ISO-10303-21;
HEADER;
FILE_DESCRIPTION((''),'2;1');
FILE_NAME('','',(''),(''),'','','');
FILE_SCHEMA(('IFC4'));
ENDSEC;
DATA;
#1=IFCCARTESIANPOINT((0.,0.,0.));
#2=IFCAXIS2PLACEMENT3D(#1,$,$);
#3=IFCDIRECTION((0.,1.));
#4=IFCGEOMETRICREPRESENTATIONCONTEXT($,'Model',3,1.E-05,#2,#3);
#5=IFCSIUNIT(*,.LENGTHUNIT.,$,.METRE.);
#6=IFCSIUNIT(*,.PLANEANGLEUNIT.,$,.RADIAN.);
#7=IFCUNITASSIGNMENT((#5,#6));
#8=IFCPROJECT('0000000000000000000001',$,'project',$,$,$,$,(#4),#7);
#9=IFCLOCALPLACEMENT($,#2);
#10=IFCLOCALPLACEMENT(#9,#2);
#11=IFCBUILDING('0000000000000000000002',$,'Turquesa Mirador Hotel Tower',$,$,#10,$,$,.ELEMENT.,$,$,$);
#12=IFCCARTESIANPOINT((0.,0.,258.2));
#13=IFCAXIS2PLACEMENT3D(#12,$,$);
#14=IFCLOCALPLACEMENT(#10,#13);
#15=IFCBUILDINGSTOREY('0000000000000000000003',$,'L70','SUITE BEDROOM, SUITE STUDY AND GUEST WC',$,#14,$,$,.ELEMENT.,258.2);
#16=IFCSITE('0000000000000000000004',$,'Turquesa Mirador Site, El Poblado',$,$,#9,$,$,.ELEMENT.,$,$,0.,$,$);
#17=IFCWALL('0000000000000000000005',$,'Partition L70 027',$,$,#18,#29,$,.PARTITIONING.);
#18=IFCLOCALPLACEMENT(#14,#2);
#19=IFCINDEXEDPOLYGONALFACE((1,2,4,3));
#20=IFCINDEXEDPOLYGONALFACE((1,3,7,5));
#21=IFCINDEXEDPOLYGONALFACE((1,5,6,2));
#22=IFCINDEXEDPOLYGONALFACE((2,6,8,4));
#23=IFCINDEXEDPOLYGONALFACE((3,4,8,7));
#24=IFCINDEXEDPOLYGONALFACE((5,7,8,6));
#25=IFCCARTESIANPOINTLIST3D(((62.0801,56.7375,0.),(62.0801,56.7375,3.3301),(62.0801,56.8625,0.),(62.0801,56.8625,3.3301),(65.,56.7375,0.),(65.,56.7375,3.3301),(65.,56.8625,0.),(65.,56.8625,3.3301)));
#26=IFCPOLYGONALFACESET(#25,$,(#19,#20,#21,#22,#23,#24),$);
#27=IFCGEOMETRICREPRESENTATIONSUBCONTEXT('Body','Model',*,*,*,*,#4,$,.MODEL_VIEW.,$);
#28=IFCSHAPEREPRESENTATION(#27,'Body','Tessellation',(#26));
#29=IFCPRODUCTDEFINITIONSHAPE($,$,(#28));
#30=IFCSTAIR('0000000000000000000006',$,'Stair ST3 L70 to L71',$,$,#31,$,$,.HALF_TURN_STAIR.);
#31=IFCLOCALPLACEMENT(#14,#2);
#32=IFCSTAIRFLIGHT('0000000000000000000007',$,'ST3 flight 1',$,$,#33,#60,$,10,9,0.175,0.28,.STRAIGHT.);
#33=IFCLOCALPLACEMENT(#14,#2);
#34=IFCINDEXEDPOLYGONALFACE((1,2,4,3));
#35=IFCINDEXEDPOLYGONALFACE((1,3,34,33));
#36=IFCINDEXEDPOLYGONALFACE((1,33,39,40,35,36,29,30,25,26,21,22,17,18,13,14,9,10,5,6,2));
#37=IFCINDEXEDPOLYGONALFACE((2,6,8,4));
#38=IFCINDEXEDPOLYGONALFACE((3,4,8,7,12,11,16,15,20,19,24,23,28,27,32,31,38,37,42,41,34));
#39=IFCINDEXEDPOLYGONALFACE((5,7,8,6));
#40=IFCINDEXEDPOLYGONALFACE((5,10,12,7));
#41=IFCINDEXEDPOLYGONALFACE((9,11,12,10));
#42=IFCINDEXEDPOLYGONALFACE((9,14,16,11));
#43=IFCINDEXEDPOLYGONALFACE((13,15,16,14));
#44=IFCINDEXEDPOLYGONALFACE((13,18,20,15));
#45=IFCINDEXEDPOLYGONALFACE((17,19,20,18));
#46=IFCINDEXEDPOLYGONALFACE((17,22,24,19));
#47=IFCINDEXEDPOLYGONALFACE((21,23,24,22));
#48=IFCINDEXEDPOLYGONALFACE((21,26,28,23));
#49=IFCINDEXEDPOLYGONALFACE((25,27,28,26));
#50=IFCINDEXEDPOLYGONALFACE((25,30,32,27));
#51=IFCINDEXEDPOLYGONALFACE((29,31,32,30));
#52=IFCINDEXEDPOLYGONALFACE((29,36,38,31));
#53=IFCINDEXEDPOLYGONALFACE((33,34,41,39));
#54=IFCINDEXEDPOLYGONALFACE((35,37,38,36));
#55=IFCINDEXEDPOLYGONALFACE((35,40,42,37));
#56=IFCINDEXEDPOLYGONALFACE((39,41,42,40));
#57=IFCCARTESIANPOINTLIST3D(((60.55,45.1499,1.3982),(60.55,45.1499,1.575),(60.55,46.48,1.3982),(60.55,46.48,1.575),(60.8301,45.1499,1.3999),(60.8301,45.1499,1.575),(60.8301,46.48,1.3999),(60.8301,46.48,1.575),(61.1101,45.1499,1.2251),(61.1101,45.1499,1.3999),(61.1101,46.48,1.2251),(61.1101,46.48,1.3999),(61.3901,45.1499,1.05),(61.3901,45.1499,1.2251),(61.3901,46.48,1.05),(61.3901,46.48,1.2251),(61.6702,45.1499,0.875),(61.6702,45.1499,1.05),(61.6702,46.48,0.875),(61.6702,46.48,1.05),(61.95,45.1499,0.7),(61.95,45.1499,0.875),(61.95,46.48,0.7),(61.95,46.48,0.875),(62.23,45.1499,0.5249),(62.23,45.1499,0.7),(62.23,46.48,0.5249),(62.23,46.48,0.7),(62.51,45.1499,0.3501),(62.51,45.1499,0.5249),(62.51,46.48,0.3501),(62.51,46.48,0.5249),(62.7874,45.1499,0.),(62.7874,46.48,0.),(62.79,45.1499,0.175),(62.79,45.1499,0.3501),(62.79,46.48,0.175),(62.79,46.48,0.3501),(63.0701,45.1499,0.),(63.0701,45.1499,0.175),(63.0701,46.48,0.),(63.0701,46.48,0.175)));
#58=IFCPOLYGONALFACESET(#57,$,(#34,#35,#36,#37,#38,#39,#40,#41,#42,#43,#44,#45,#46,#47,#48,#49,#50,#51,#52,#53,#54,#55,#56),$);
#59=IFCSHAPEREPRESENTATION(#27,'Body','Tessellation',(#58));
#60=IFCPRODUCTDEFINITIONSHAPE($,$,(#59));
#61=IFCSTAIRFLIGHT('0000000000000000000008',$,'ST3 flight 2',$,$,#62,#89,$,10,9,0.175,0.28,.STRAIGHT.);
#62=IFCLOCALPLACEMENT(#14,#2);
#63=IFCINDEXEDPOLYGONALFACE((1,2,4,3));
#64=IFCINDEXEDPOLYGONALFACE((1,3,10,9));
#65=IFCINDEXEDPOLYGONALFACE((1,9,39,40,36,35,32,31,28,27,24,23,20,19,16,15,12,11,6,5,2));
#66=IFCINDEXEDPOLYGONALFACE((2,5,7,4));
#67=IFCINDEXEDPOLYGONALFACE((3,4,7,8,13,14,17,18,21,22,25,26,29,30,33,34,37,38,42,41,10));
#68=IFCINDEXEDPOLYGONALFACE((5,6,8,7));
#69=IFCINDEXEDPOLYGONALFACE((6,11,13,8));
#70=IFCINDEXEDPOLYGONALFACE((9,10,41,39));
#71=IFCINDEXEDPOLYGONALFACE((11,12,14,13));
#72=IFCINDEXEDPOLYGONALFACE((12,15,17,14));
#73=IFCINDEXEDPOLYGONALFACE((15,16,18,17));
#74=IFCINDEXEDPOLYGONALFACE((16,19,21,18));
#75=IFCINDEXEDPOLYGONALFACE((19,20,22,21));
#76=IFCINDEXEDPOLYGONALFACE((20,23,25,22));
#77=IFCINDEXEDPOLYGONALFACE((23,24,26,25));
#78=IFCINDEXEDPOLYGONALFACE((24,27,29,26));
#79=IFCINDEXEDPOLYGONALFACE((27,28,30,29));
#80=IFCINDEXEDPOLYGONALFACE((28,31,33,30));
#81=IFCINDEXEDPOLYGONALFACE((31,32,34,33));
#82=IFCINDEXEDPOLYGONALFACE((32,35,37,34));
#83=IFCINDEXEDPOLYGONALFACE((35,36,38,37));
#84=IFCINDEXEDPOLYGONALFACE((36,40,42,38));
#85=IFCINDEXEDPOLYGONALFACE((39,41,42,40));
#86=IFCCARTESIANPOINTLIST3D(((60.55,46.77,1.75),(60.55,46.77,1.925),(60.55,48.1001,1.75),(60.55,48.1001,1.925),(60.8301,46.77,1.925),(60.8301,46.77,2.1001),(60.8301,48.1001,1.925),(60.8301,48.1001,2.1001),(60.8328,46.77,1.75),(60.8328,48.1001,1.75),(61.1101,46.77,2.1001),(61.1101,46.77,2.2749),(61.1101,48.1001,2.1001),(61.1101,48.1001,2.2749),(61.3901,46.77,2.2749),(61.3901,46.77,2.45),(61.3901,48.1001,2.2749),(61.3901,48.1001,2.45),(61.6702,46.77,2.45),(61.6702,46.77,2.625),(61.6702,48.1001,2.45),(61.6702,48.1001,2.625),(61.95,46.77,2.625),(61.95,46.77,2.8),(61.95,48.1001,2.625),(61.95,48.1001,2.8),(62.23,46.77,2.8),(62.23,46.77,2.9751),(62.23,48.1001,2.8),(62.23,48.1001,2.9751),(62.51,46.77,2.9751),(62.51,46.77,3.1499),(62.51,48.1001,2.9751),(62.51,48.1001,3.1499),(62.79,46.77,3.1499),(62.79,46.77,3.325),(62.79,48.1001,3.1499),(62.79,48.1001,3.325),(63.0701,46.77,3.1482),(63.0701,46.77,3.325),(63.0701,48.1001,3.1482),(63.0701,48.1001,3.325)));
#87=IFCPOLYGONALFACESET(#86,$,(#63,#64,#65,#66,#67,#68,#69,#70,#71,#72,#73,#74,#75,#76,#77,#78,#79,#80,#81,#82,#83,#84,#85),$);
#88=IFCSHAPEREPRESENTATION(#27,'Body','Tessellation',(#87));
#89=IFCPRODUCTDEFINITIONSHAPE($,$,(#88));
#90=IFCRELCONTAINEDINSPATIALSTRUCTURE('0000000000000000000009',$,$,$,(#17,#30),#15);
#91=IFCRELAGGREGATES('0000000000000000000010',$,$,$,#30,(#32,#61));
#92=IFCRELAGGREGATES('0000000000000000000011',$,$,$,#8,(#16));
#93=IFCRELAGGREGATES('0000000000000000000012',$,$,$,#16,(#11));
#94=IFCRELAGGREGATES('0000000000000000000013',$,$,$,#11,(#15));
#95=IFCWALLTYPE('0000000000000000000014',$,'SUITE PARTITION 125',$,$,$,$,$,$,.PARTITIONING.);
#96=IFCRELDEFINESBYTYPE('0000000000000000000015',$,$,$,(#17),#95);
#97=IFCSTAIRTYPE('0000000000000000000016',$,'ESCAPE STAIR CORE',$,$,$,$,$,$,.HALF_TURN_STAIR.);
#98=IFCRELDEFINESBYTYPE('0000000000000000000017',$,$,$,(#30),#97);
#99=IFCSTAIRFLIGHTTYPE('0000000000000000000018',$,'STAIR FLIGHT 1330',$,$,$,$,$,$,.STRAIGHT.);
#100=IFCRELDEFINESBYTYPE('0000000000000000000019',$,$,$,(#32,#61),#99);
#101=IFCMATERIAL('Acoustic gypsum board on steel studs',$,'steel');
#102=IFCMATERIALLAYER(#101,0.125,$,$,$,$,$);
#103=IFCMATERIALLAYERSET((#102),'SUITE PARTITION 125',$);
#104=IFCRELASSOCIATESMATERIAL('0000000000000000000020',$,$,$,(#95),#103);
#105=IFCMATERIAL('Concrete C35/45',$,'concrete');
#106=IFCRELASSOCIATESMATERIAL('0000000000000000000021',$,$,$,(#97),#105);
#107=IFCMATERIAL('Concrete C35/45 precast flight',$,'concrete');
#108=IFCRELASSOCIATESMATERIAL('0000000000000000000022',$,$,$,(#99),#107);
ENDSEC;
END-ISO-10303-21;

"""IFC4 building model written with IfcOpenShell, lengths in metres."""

from ifc_helpers import new_model, si_unit, direction, frame, frame_2d, origin, place, context, subcontext, project, spatial, polyline, rectangle, outline, extrude, material, layer, layer_set, type_object, element, aggregate, save


model = new_model("IFC4")

# Units and contexts
model_context = context("Model", 3, precision=1e-05, world=origin(), true_north=direction((0.0, 1.0)))
body_context = subcontext(model_context, "Body", "Model", "MODEL_VIEW")
ifc_project = project(units=[si_unit("LENGTHUNIT", "METRE"), si_unit("PLANEANGLEUNIT", "RADIAN")], contexts=[model_context])

# Site, building, storey
site_placement = place(None, origin())
site = spatial("IfcSite", under=ifc_project, at=site_placement, Name="Turquesa Mirador Site, El Poblado", CompositionType="ELEMENT", RefElevation=0.0)
building_placement = place(site_placement, origin())
building = spatial("IfcBuilding", under=site, at=building_placement, Name="Turquesa Mirador Hotel Tower", CompositionType="ELEMENT")
storey_placement = place(building_placement, frame((0.0, 0.0, 258.2)))
storey = spatial("IfcBuildingStorey", under=building, at=storey_placement, Name="L70", Description="SUITE BEDROOM, SUITE STUDY AND GUEST WC", CompositionType="ELEMENT", Elevation=258.2)

# Wall
ifc_material_1 = material(Name="Acoustic gypsum board on steel studs", Category="steel")
ifc_layer_1 = layer(ifc_material_1, 0.125)
ifc_layer_set_1 = layer_set([ifc_layer_1], Name="SUITE PARTITION 125")
wall_type_1 = type_object("IfcWallType", Name="SUITE PARTITION 125", PredefinedType="PARTITIONING", material=ifc_layer_set_1)
wall_1_placement = place(storey_placement, frame((62.0801, 56.8, 0.0), z_axis=(0.0, 0.0, 1.0), x_axis=(1.0, 0.0, 0.0)))
element("IfcWall", 1, at=wall_1_placement, inside=storey, type_object=wall_type_1, Name="Partition L70 027", PredefinedType="PARTITIONING", context=body_context, shape_type="SweptSolid", body=[
    extrude(rectangle(XDim=2.9199, YDim=0.125, at=frame_2d((1.46, 0.0))), origin(), (0.0, 0.0, 1.0), 3.3301),
])

# Stair, stair flights
ifc_material_2 = material(Name="Concrete C35/45", Category="concrete")
stair_type = type_object("IfcStairType", Name="ESCAPE STAIR CORE", PredefinedType="HALF_TURN_STAIR", material=ifc_material_2)
stair_placement = place(storey_placement, origin())
stair = element("IfcStair", 2, at=stair_placement, inside=storey, type_object=stair_type, Name="Stair ST3 L70 to L71", PredefinedType="HALF_TURN_STAIR")
ifc_material_3 = material(Name="Concrete C35/45 precast flight", Category="concrete")
stair_flight_type = type_object("IfcStairFlightType", Name="STAIR FLIGHT 1330", PredefinedType="STRAIGHT", material=ifc_material_3)
stair_flight_1_placement = place(storey_placement, frame((63.0701, 45.8149, 0.0), z_axis=(0.0, 0.0, 1.0), x_axis=(-1.0, 0.0, 0.0)))
stair_flight_1 = element("IfcStairFlight", 3, at=stair_flight_1_placement, type_object=stair_flight_type, Name="ST3 flight 1", NumberOfRisers=10, NumberOfTreads=9, PredefinedType="STRAIGHT", RiserHeight=0.175, TreadLength=0.28, context=body_context, shape_type="SweptSolid", body=[
    extrude(outline(polyline([(0.0, 0.0), (0.0, 0.175), (0.28, 0.175), (0.28, 0.3501), (0.5601, 0.3501), (0.5601, 0.5249), (0.8401, 0.5249), (0.8401, 0.7), (1.1201, 0.7), (1.1201, 0.875), (1.3999, 0.875), (1.3999, 1.05), (1.6799, 1.05), (1.6799, 1.2251), (1.96, 1.2251), (1.96, 1.3999), (2.24, 1.3999), (2.24, 1.575), (2.52, 1.575), (2.52, 1.75), (2.52, 1.3982), (0.2827, 0.0), (0.0, 0.0)])), frame((0.0, 0.665, 0.0), z_axis=(0.0, -1.0, 0.0), x_axis=(1.0, 0.0, 0.0)), (0.0, 0.0, 1.0), 1.3301),
])
stair_flight_2_placement = place(storey_placement, frame((60.55, 47.4351, 1.75), z_axis=(0.0, 0.0, 1.0), x_axis=(1.0, 0.0, 0.0)))
stair_flight_2 = element("IfcStairFlight", 4, at=stair_flight_2_placement, type_object=stair_flight_type, Name="ST3 flight 2", NumberOfRisers=10, NumberOfTreads=9, PredefinedType="STRAIGHT", RiserHeight=0.175, TreadLength=0.28, context=body_context, shape_type="SweptSolid", body=[
    extrude(outline(polyline([(0.0, 0.0), (0.0, 0.175), (0.28, 0.175), (0.28, 0.3501), (0.5601, 0.3501), (0.5601, 0.5249), (0.8401, 0.5249), (0.8401, 0.7), (1.1201, 0.7), (1.1201, 0.875), (1.3999, 0.875), (1.3999, 1.05), (1.6799, 1.05), (1.6799, 1.2251), (1.96, 1.2251), (1.96, 1.3999), (2.24, 1.3999), (2.24, 1.575), (2.52, 1.575), (2.52, 1.75), (2.52, 1.3982), (0.2827, 0.0), (0.0, 0.0)])), frame((0.0, 0.665, 0.0), z_axis=(0.0, -1.0, 0.0), x_axis=(1.0, 0.0, 0.0)), (0.0, 0.0, 1.0), 1.3301),
])
aggregate(stair, [stair_flight_1, stair_flight_2])

save(model, "model.ifc")
